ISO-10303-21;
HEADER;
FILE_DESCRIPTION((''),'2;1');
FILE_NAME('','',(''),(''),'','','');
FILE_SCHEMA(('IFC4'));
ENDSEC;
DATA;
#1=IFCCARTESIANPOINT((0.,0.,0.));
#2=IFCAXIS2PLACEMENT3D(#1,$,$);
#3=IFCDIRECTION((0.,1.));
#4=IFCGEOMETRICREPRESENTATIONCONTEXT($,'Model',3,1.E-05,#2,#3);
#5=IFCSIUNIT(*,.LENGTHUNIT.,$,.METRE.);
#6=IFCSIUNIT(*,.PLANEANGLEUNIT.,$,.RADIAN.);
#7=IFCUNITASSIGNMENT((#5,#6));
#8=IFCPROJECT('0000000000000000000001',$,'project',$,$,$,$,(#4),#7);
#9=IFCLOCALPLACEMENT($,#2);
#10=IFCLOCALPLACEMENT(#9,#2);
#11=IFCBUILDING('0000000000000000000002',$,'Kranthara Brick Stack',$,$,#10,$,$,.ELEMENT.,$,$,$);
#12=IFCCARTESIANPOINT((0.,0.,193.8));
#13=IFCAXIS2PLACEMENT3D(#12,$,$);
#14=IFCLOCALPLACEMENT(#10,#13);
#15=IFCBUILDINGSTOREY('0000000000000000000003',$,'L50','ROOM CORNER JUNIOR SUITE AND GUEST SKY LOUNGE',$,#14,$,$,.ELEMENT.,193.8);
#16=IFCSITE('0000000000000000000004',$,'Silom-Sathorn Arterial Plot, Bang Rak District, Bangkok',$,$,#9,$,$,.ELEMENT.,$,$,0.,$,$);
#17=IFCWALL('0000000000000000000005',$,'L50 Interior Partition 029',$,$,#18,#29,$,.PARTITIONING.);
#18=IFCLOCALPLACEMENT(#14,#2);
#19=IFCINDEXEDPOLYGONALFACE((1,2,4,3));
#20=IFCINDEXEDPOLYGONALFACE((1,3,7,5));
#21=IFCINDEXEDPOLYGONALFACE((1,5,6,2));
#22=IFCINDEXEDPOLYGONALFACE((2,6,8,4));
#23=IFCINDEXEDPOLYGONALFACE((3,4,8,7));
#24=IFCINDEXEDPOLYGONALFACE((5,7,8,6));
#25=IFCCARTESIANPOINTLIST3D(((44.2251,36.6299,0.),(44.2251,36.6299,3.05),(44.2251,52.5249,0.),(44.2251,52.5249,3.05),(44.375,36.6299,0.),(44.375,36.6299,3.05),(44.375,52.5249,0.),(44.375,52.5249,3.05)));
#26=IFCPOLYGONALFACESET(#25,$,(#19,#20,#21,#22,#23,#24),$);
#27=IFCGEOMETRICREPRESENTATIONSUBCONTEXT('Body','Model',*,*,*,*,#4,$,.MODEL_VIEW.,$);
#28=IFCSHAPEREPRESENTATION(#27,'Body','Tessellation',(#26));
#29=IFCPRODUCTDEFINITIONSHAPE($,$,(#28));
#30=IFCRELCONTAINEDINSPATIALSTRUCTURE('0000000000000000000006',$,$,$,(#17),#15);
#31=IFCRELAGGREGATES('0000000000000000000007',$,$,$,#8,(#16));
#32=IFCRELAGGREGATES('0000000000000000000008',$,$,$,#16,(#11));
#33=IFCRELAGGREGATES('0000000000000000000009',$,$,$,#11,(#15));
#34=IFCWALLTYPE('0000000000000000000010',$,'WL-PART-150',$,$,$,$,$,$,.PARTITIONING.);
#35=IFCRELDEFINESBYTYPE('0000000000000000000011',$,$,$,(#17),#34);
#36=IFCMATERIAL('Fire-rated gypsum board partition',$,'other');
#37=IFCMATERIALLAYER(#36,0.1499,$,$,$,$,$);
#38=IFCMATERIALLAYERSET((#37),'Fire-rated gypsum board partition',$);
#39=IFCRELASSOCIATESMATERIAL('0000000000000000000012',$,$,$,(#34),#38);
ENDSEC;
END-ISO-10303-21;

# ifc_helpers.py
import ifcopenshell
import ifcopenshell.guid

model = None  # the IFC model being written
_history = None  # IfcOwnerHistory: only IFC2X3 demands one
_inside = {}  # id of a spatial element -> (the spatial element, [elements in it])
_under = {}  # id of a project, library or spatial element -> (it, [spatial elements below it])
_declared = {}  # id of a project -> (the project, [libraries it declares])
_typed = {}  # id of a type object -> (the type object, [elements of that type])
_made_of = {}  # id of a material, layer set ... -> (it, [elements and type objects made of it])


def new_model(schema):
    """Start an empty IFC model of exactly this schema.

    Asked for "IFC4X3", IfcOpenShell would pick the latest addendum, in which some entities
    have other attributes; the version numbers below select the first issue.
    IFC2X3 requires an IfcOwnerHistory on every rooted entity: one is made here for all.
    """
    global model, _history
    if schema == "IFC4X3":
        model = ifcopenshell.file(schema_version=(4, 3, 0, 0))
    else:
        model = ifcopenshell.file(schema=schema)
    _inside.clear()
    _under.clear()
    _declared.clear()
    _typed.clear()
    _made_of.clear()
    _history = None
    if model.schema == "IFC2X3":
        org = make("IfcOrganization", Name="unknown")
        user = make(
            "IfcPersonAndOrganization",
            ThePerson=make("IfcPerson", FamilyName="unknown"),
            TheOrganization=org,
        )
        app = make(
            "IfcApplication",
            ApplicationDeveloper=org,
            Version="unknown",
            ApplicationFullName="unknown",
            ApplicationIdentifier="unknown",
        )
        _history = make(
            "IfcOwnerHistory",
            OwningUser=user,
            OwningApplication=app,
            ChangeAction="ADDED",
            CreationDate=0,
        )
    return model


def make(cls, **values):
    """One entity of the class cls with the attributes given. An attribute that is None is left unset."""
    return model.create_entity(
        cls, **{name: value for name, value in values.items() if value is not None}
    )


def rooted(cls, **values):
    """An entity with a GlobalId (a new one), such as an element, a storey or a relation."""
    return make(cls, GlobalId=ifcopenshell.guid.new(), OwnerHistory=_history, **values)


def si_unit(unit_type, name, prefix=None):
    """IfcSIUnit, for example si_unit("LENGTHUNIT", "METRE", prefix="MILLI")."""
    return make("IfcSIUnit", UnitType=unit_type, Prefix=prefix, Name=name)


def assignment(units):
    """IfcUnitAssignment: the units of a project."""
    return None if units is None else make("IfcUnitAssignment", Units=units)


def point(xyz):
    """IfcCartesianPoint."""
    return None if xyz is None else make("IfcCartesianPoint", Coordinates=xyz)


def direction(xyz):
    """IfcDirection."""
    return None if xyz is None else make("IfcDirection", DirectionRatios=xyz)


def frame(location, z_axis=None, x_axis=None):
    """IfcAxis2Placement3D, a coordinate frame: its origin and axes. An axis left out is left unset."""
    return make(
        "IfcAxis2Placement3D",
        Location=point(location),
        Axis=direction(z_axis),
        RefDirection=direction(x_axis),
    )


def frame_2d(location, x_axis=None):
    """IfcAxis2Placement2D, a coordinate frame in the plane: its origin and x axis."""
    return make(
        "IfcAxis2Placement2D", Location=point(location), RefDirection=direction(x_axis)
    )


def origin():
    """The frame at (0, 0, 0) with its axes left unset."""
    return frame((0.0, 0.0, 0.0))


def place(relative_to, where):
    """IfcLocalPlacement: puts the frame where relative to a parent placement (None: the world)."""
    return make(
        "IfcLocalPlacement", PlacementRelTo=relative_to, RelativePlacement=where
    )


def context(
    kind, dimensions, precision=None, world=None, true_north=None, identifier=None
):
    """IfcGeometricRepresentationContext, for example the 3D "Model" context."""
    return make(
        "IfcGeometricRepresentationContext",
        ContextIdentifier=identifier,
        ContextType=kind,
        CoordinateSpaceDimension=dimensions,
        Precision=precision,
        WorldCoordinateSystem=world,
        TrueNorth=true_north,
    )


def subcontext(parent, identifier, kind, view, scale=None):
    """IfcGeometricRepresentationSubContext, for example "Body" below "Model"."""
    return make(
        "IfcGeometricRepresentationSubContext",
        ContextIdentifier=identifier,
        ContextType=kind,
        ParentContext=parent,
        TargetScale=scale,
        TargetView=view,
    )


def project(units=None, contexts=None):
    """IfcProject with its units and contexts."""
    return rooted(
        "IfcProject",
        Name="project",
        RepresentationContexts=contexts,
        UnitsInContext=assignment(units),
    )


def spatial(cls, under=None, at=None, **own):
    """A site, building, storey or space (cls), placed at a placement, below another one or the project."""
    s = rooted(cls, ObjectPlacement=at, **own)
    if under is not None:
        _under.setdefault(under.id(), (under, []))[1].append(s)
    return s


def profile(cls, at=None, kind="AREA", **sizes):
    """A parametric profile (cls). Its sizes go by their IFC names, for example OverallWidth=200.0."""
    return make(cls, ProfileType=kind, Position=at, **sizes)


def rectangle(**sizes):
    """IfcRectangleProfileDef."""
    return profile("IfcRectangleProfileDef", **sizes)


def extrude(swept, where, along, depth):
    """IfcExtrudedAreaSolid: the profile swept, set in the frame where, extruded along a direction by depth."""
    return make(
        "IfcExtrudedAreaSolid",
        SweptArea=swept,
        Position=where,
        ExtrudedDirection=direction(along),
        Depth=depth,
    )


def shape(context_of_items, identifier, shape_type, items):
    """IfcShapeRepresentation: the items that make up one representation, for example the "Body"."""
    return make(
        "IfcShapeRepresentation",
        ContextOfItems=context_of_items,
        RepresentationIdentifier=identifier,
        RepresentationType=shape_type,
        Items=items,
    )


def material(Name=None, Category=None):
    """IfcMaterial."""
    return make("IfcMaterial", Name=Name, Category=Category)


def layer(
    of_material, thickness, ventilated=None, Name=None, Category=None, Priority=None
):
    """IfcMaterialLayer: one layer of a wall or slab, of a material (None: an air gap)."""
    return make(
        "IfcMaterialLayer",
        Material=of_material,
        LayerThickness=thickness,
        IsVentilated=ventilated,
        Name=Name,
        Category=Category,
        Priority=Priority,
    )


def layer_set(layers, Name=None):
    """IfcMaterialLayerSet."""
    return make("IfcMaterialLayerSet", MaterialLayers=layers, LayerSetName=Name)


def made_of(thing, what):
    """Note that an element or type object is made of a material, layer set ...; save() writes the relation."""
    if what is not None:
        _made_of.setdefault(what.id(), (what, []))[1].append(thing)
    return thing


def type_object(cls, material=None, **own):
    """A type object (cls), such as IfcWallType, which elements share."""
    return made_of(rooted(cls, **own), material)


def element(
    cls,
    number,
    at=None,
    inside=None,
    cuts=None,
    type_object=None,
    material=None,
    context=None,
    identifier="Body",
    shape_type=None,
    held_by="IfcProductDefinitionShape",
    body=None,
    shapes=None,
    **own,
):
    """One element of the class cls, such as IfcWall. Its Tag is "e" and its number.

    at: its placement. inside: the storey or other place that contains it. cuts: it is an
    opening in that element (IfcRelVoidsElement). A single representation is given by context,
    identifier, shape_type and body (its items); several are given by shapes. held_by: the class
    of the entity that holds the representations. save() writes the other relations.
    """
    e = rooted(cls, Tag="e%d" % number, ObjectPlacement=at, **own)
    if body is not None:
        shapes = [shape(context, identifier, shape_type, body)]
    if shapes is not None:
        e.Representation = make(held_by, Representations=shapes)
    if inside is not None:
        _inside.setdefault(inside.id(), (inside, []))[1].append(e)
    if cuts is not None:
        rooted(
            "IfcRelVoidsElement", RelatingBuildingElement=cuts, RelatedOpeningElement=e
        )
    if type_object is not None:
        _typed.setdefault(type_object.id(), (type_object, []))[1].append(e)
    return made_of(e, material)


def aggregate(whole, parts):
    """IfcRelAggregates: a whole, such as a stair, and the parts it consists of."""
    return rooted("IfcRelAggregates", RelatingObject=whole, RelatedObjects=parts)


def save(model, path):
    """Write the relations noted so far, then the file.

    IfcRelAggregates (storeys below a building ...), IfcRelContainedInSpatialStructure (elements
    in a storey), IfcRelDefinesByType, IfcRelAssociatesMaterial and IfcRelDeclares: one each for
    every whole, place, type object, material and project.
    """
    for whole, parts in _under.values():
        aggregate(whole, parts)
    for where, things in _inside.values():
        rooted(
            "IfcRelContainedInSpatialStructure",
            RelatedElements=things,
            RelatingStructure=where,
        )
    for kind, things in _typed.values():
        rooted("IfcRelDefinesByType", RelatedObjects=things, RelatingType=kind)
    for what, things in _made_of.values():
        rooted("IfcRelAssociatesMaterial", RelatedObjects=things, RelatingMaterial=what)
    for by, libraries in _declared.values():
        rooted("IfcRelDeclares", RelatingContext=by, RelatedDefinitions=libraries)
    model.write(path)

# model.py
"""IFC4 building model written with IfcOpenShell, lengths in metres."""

from ifc_helpers import new_model, si_unit, direction, frame, frame_2d, origin, place, context, subcontext, project, spatial, rectangle, extrude, material, layer, layer_set, type_object, element, save


model = new_model("IFC4")

# Units and contexts
model_context = context("Model", 3, precision=1e-05, world=origin(), true_north=direction((0.0, 1.0)))
body_context = subcontext(model_context, "Body", "Model", "MODEL_VIEW")
ifc_project = project(units=[si_unit("LENGTHUNIT", "METRE"), si_unit("PLANEANGLEUNIT", "RADIAN")], contexts=[model_context])

# Site, building, storey
site_placement = place(None, origin())
site = spatial("IfcSite", under=ifc_project, at=site_placement, Name="Silom-Sathorn Arterial Plot, Bang Rak District, Bangkok", CompositionType="ELEMENT", RefElevation=0.0)
building_placement = place(site_placement, origin())
building = spatial("IfcBuilding", under=site, at=building_placement, Name="Kranthara Brick Stack", CompositionType="ELEMENT")
storey_placement = place(building_placement, frame((0.0, 0.0, 193.8)))
storey = spatial("IfcBuildingStorey", under=building, at=storey_placement, Name="L50", Description="ROOM CORNER JUNIOR SUITE AND GUEST SKY LOUNGE", CompositionType="ELEMENT", Elevation=193.8)

# Wall
ifc_material_1 = material(Name="Fire-rated gypsum board partition", Category="other")
ifc_layer_1 = layer(ifc_material_1, 0.1499)
ifc_layer_set_1 = layer_set([ifc_layer_1], Name="Fire-rated gypsum board partition")
wall_type_1 = type_object("IfcWallType", Name="WL-PART-150", PredefinedType="PARTITIONING", material=ifc_layer_set_1)
wall_1_placement = place(storey_placement, frame((44.3, 36.6299, 0.0), z_axis=(0.0, 0.0, 1.0), x_axis=(0.0, 1.0, 0.0)))
element("IfcWall", 1, at=wall_1_placement, inside=storey, type_object=wall_type_1, Name="L50 Interior Partition 029", PredefinedType="PARTITIONING", context=body_context, shape_type="SweptSolid", body=[
    extrude(rectangle(XDim=15.895, YDim=0.1499, at=frame_2d((7.9475, 0.0))), origin(), (0.0, 0.0, 1.0), 3.05),
])

save(model, "model.ifc")
